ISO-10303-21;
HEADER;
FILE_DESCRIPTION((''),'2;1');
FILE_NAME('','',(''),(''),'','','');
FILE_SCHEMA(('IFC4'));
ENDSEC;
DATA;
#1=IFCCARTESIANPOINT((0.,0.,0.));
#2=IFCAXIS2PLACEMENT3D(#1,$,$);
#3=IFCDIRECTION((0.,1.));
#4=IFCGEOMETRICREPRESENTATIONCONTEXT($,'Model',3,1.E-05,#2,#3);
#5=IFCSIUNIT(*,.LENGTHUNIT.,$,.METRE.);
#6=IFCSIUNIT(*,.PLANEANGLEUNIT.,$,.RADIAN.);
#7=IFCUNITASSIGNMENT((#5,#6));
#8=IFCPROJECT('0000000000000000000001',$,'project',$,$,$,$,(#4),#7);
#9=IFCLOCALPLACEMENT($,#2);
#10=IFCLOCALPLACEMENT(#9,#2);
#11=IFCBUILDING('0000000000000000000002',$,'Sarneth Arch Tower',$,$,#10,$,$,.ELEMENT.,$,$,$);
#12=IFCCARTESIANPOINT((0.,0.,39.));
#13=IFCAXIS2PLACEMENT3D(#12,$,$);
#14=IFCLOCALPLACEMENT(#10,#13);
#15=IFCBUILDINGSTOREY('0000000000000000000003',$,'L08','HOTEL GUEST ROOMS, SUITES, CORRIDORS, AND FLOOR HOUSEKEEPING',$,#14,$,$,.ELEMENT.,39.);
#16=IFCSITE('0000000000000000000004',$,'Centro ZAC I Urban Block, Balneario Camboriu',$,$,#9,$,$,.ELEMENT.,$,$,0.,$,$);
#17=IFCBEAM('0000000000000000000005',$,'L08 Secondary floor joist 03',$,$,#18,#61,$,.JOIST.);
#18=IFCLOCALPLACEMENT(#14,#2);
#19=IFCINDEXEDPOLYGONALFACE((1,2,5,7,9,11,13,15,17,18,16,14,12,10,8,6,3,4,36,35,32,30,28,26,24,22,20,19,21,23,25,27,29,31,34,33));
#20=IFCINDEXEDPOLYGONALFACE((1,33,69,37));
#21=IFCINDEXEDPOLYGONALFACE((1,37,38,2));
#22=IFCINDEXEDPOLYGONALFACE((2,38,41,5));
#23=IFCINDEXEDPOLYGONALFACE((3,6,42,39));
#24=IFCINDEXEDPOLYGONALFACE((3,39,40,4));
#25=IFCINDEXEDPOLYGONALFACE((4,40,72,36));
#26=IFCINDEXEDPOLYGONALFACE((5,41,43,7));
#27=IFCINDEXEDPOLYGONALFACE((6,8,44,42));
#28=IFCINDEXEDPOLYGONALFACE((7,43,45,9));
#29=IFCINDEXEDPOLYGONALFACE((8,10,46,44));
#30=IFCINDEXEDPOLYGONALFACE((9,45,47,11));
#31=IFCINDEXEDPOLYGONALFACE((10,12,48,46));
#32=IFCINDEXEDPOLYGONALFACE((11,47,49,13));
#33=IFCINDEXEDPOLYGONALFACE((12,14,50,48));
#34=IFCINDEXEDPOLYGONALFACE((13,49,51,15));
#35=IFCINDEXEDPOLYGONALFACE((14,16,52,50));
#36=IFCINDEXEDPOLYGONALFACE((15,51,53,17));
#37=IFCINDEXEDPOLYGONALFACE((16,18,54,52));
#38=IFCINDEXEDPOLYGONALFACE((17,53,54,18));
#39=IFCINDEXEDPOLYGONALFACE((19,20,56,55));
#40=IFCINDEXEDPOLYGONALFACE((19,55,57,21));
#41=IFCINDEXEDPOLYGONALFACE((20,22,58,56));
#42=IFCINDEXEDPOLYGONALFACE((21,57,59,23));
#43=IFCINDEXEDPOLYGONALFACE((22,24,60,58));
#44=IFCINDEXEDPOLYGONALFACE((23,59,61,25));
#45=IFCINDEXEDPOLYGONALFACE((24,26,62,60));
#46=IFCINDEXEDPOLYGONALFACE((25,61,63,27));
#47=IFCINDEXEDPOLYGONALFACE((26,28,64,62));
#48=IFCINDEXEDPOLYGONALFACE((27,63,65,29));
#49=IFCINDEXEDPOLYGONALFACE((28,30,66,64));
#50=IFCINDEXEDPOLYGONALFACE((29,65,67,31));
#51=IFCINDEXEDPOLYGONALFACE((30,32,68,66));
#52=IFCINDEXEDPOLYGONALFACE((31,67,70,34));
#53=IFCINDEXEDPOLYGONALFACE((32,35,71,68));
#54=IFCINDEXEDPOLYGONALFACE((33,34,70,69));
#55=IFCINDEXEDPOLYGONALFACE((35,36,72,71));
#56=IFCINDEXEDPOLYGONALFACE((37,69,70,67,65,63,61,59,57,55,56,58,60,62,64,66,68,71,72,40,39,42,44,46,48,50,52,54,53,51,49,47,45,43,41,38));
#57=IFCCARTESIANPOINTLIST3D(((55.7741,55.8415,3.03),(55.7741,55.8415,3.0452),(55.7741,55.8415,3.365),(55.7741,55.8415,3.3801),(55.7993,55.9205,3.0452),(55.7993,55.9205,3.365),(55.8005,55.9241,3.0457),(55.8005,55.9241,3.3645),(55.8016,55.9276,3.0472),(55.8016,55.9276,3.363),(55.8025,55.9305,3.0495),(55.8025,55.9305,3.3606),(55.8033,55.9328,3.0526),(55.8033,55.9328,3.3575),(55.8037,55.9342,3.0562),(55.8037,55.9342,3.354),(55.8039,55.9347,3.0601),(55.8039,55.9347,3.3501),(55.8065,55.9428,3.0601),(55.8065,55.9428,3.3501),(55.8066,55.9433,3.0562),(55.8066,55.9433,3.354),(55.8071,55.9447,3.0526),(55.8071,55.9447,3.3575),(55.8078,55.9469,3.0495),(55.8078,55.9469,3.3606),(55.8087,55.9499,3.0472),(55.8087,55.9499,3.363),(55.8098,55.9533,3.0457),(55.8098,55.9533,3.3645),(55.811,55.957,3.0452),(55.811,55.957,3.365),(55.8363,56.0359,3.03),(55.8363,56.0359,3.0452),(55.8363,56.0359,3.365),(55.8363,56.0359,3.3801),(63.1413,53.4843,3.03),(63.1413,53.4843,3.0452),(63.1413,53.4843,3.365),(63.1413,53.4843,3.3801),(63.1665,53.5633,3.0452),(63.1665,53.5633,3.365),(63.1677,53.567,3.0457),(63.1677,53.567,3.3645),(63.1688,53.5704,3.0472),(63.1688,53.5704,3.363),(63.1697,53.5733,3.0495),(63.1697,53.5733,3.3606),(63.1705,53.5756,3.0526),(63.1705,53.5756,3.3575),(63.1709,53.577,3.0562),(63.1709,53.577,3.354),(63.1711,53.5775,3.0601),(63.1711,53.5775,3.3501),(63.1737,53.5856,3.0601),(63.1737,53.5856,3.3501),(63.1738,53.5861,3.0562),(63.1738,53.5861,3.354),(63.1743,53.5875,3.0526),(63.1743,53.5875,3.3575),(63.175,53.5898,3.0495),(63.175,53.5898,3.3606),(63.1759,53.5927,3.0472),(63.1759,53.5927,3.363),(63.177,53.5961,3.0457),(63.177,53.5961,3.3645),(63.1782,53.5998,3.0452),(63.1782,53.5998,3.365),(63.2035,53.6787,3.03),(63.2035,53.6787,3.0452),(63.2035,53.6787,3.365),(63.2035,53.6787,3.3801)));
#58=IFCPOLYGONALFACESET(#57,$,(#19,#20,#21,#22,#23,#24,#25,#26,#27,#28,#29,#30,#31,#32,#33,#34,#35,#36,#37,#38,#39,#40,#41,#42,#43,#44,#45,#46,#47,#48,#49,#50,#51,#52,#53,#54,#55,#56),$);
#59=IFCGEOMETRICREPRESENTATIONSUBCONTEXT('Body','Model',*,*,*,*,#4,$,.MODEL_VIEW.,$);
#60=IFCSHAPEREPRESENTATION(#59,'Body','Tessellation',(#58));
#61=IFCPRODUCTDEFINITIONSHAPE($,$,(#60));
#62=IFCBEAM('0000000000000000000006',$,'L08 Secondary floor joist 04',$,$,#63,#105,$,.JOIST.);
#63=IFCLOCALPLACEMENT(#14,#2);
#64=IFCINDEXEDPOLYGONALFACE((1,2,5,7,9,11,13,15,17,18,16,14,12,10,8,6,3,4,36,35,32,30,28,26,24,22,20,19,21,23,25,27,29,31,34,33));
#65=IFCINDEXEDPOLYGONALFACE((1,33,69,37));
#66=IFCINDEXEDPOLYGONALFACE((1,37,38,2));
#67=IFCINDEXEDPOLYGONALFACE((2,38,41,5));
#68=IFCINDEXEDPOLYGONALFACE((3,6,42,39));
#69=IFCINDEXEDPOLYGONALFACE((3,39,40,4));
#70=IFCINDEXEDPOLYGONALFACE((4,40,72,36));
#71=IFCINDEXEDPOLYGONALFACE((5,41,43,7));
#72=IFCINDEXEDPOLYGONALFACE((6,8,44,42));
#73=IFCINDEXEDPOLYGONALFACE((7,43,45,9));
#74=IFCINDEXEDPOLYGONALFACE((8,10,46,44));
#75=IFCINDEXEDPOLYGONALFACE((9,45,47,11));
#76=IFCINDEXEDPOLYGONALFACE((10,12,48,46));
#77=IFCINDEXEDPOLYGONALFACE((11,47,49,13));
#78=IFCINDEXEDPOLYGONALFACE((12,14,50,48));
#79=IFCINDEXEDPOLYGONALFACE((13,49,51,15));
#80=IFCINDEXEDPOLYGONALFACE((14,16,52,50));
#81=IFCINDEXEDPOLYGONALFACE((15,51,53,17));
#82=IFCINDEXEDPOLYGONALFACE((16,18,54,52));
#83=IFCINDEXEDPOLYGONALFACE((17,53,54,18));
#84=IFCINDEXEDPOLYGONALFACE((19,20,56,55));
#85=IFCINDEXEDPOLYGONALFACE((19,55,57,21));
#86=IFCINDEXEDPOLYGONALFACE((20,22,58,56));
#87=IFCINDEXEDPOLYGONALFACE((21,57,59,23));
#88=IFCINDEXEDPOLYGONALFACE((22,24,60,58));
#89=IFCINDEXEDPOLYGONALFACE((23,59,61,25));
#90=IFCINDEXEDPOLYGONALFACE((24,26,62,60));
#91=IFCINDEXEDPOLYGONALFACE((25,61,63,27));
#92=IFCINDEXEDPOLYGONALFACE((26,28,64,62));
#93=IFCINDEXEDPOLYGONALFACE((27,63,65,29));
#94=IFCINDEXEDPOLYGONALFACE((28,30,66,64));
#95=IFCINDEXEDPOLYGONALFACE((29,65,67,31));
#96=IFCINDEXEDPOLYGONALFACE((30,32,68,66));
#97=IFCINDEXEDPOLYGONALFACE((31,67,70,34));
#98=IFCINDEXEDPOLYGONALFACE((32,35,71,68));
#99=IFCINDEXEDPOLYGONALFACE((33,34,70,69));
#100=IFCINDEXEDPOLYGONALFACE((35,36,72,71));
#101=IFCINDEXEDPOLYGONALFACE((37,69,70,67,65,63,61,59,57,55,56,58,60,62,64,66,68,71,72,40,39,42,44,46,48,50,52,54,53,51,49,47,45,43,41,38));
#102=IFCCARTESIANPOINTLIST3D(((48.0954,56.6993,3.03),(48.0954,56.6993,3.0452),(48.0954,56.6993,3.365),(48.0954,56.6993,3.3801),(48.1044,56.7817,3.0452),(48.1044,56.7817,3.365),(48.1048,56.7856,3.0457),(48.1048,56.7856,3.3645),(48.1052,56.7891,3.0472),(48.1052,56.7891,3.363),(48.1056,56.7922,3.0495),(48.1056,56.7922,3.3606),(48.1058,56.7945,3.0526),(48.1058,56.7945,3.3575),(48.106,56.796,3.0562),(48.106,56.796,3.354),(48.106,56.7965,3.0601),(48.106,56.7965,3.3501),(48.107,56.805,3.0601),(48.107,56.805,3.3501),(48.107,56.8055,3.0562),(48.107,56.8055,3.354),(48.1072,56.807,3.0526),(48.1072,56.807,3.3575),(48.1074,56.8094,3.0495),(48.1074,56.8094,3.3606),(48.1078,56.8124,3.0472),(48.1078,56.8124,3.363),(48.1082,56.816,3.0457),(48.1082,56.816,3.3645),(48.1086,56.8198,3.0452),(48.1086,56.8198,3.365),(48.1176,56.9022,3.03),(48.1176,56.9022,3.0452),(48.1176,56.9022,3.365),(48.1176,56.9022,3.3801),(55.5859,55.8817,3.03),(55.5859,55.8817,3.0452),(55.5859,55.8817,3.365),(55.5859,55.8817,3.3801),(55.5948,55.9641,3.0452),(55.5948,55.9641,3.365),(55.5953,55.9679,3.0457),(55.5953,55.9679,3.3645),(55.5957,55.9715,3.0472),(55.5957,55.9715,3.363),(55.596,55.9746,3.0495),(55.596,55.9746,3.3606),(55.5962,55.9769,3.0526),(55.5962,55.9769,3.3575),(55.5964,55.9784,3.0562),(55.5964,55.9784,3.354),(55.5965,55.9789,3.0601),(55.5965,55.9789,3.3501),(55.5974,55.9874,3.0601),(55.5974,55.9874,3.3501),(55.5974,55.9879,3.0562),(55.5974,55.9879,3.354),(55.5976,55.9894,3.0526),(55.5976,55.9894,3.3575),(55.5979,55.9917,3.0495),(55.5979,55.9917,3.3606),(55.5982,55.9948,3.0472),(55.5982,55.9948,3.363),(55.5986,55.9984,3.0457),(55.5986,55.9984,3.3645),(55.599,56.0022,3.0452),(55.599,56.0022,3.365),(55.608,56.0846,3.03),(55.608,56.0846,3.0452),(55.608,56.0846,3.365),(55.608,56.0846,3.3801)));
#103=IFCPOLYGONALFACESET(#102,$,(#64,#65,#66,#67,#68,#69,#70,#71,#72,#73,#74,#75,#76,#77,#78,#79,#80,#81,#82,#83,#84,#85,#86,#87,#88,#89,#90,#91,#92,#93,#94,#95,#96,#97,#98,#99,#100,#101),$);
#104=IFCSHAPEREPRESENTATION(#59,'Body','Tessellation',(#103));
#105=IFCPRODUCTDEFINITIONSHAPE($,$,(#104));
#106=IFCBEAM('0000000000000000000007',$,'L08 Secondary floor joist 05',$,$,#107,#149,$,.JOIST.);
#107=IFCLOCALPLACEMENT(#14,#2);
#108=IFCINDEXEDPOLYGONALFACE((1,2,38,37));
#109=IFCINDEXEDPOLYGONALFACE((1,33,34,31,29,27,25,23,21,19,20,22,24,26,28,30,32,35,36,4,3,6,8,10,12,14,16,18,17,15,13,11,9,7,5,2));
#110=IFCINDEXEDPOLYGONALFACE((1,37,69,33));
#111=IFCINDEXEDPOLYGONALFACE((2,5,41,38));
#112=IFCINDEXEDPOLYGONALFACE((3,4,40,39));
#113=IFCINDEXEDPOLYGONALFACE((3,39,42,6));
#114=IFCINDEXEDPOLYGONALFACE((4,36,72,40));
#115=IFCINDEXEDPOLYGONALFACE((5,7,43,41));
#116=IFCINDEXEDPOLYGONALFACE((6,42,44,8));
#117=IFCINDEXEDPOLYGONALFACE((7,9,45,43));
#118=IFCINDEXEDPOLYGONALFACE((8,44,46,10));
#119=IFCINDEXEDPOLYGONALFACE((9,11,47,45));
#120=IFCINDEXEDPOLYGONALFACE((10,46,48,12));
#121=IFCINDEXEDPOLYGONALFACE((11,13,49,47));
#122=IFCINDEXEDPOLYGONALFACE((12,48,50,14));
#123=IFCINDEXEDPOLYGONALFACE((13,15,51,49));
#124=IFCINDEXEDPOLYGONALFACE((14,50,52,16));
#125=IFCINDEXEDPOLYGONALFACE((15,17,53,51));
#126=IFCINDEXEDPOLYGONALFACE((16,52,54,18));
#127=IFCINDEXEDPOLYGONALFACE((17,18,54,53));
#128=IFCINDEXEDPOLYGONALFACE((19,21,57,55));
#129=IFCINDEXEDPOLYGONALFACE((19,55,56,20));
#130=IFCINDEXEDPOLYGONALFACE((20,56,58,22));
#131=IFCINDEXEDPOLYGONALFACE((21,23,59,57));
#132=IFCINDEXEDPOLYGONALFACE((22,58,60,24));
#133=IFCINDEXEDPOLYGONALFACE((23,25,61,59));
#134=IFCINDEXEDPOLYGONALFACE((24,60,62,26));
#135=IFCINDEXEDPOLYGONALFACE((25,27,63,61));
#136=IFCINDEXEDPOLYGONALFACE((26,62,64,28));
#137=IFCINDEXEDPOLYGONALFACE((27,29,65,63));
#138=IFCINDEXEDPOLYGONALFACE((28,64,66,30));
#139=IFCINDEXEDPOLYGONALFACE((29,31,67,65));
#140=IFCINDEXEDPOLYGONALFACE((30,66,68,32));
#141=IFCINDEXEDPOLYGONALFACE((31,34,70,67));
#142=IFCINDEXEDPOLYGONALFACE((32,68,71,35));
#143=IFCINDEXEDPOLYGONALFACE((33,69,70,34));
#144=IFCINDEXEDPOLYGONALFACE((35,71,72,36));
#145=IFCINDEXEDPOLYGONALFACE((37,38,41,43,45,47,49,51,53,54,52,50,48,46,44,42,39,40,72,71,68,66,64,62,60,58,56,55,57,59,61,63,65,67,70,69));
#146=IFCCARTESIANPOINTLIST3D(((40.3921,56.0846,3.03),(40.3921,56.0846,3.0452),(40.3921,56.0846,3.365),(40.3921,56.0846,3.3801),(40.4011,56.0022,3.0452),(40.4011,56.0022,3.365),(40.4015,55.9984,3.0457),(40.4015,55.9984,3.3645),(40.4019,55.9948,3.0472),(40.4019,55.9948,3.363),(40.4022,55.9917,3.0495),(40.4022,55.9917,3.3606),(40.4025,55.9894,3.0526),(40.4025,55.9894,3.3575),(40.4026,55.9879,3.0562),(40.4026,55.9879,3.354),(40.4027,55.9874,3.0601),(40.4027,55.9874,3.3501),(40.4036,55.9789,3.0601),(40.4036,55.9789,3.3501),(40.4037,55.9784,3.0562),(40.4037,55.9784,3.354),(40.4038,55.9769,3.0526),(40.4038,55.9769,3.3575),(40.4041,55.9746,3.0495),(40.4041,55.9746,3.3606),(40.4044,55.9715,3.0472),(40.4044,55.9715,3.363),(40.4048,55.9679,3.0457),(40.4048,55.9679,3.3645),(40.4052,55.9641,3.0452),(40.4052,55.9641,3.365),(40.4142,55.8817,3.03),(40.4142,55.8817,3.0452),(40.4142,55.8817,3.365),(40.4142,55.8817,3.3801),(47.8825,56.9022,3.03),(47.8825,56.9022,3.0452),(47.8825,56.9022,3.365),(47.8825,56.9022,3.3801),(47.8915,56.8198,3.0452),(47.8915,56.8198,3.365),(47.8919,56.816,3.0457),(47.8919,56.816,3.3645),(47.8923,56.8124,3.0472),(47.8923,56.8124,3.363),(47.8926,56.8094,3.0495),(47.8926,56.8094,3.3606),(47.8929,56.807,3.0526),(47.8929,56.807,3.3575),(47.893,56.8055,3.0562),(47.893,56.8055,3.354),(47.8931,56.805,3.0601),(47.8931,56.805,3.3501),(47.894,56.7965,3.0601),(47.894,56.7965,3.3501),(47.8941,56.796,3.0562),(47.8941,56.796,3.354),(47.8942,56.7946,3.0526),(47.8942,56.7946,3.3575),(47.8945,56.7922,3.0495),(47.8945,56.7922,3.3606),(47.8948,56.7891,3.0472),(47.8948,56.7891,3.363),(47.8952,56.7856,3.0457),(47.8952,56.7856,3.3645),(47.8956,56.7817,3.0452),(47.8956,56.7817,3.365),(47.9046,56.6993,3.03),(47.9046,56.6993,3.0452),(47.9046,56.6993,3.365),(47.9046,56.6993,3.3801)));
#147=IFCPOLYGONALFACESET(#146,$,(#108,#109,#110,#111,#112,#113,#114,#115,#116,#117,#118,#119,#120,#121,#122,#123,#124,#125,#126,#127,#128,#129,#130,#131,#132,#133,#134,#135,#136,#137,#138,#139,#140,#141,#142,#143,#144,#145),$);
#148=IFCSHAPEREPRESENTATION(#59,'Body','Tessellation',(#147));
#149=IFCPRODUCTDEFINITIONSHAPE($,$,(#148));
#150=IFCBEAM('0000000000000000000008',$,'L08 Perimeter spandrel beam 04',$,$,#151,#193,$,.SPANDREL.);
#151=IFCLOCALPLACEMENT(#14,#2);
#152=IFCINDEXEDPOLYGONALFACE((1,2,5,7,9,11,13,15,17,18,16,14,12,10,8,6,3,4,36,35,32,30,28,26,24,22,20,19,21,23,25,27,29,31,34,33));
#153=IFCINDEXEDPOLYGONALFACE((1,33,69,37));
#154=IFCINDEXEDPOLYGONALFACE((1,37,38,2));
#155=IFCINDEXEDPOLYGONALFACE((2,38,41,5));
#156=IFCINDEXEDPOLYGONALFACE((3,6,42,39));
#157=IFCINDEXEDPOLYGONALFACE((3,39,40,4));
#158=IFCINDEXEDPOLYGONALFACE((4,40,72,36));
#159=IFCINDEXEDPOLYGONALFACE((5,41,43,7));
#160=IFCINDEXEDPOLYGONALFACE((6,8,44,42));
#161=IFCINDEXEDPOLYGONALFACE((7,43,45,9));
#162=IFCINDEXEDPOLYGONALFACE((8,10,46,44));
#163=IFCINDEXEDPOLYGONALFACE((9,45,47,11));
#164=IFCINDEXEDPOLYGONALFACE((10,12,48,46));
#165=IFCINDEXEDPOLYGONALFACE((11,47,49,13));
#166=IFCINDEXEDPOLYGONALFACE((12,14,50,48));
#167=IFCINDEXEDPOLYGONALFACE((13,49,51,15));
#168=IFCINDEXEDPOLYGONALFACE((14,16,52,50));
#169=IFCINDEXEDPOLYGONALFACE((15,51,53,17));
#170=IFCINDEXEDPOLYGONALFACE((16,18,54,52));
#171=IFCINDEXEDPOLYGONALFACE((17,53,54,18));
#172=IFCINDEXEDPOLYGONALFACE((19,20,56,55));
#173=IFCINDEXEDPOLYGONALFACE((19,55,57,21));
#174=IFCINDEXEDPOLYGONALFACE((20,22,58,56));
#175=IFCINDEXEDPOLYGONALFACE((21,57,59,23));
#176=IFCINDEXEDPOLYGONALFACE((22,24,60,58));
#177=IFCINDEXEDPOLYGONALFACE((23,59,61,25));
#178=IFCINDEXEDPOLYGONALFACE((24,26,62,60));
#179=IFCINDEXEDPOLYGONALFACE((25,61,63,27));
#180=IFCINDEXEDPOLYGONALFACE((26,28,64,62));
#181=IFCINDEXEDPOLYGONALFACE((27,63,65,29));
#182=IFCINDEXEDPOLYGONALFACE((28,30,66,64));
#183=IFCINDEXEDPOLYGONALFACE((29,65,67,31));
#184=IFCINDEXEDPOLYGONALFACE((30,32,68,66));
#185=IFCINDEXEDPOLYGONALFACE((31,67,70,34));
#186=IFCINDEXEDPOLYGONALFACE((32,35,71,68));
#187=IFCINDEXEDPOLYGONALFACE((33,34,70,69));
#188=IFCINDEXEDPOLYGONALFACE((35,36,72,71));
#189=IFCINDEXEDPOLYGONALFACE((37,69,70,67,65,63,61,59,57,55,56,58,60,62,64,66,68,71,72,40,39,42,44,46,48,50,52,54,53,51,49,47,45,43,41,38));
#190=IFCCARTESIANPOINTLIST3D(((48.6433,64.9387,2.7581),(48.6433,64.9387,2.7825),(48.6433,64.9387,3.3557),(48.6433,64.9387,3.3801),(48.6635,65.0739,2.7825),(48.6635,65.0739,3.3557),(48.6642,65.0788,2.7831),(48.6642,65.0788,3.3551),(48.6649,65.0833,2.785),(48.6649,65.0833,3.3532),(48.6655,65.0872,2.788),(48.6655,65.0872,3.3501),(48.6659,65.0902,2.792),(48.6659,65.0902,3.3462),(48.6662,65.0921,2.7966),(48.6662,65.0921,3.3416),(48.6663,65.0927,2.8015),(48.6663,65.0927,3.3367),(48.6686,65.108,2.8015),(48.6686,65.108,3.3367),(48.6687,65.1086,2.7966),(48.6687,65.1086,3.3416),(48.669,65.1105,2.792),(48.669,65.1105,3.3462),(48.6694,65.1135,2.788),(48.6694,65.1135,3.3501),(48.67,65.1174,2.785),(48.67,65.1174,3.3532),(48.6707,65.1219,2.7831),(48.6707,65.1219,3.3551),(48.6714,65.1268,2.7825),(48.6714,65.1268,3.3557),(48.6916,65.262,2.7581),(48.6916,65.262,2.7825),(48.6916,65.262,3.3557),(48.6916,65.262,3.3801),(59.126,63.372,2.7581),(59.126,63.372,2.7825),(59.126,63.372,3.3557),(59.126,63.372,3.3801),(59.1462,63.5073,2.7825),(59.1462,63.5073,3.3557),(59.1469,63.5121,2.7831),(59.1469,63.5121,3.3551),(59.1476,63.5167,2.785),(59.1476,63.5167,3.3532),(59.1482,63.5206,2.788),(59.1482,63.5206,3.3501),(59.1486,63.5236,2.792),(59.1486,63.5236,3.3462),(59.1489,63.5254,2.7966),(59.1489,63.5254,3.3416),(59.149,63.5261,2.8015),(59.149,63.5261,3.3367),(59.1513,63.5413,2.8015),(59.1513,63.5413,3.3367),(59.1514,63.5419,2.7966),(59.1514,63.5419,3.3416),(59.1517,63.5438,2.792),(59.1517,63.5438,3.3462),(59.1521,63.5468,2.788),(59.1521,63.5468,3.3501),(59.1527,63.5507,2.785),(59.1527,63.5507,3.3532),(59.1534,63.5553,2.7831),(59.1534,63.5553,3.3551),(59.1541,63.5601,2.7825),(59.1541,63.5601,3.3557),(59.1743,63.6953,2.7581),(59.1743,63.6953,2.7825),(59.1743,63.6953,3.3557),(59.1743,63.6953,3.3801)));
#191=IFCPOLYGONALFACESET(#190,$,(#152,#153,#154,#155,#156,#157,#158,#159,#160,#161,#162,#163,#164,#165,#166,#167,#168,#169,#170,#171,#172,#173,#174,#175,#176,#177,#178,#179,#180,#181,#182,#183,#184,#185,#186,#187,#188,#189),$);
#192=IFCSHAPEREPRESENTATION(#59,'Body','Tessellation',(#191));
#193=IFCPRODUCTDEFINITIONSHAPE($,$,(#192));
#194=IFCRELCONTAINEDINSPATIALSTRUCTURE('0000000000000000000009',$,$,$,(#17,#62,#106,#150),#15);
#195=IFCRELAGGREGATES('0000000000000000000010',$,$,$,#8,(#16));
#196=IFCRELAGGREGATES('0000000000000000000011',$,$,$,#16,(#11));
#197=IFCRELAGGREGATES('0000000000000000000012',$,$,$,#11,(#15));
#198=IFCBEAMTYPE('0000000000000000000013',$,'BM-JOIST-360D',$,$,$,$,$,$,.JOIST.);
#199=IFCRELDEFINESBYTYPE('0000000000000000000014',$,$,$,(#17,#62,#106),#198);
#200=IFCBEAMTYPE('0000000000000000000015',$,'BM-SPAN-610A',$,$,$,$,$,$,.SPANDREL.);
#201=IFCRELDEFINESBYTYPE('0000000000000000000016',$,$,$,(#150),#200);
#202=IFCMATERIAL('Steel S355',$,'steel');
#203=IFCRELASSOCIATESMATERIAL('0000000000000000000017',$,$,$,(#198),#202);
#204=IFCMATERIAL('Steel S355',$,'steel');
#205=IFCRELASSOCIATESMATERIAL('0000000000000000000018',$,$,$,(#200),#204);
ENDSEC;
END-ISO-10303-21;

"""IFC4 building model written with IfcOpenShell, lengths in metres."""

from ifc_helpers import new_model, si_unit, direction, frame, origin, origin_2d, place, context, subcontext, project, spatial, i_section, extrude, material, material_profile, profile_set, type_object, element, save


model = new_model("IFC4")

# Units and contexts
model_context = context("Model", 3, precision=1e-05, world=origin(), true_north=direction((0.0, 1.0)))
body_context = subcontext(model_context, "Body", "Model", "MODEL_VIEW")
ifc_project = project(units=[si_unit("LENGTHUNIT", "METRE"), si_unit("PLANEANGLEUNIT", "RADIAN")], contexts=[model_context])

# Site, building, storey
site_placement = place(None, origin())
site = spatial("IfcSite", under=ifc_project, at=site_placement, Name="Centro ZAC I Urban Block, Balneario Camboriu", CompositionType="ELEMENT", RefElevation=0.0)
building_placement = place(site_placement, origin())
building = spatial("IfcBuilding", under=site, at=building_placement, Name="Sarneth Arch Tower", CompositionType="ELEMENT")
storey_placement = place(building_placement, frame((0.0, 0.0, 39.0)))
storey = spatial("IfcBuildingStorey", under=building, at=storey_placement, Name="L08", Description="HOTEL GUEST ROOMS, SUITES, CORRIDORS, AND FLOOR HOUSEKEEPING", CompositionType="ELEMENT", Elevation=39.0)

# Beams
ifc_material_1 = material(Name="Steel S355", Category="steel")
ifc_material_profile_1 = material_profile(ifc_material_1, i_section(OverallWidth=0.2041, OverallDepth=0.3501, WebThickness=0.0085, FlangeThickness=0.0151, FilletRadius=0.0149, at=origin_2d()), Name="W360x72")
ifc_profile_set_1 = profile_set([ifc_material_profile_1], Name="Steel S355")
beam_type_1 = type_object("IfcBeamType", Name="BM-JOIST-360D", PredefinedType="JOIST", material=ifc_profile_set_1)
beam_1_placement = place(storey_placement, frame((63.1724, 53.5815, 3.2051), z_axis=(-0.952436, 0.304738, 0.0), x_axis=(-0.304738, -0.952436, 0.0)))
element("IfcBeam", 1, at=beam_1_placement, inside=storey, type_object=beam_type_1, Name="L08 Secondary floor joist 03", PredefinedType="JOIST", context=body_context, shape_type="SweptSolid", body=[
    extrude(i_section(OverallWidth=0.2041, OverallDepth=0.3501, WebThickness=0.0085, FlangeThickness=0.0151, FilletRadius=0.0149, at=origin_2d()), origin(), (0.0, 0.0, 1.0), 7.7351),
])
for number, where, z_axis, x_axis, name in (
    (2, (55.5969, 55.9832, 3.2051), (-0.994095, 0.108511, 0.0), (-0.108511, -0.994095, 0.0), "L08 Secondary floor joist 04"),
    (3, (47.8936, 56.8008, 3.2051), (-0.994095, -0.108511, 0.0), (0.108511, -0.994095, 0.0), "L08 Secondary floor joist 05"),
):
    element("IfcBeam", number, at=place(storey_placement, frame(where, z_axis=z_axis, x_axis=x_axis)), inside=storey, type_object=beam_type_1, Name=name, PredefinedType="JOIST", context=body_context, shape_type="SweptSolid", body=[
        extrude(i_section(OverallWidth=0.2041, OverallDepth=0.3501, WebThickness=0.0085, FlangeThickness=0.0151, FilletRadius=0.0149, at=origin_2d()), origin(), (0.0, 0.0, 1.0), 7.5349),
    ])
ifc_material_2 = material(Name="Steel S355", Category="steel")
ifc_material_profile_2 = material_profile(ifc_material_2, i_section(OverallWidth=0.3269, OverallDepth=0.6221, WebThickness=0.0154, FlangeThickness=0.0244, FilletRadius=0.019, at=origin_2d()), Name="W610x195")
ifc_profile_set_2 = profile_set([ifc_material_profile_2], Name="Steel S355")
beam_type_2 = type_object("IfcBeamType", Name="BM-SPAN-610A", PredefinedType="SPANDREL", material=ifc_profile_set_2)
beam_2_placement = place(storey_placement, frame((59.1501, 63.5337, 3.0691), z_axis=(-0.989016, 0.14781, 0.0), x_axis=(-0.14781, -0.989016, 0.0)))
element("IfcBeam", 4, at=beam_2_placement, inside=storey, type_object=beam_type_2, Name="L08 Perimeter spandrel beam 04", PredefinedType="SPANDREL", context=body_context, shape_type="SweptSolid", body=[
    extrude(i_section(OverallWidth=0.3269, OverallDepth=0.6221, WebThickness=0.0154, FlangeThickness=0.0244, FilletRadius=0.019, at=origin_2d()), origin(), (0.0, 0.0, 1.0), 10.5991),
])

save(model, "model.ifc")
